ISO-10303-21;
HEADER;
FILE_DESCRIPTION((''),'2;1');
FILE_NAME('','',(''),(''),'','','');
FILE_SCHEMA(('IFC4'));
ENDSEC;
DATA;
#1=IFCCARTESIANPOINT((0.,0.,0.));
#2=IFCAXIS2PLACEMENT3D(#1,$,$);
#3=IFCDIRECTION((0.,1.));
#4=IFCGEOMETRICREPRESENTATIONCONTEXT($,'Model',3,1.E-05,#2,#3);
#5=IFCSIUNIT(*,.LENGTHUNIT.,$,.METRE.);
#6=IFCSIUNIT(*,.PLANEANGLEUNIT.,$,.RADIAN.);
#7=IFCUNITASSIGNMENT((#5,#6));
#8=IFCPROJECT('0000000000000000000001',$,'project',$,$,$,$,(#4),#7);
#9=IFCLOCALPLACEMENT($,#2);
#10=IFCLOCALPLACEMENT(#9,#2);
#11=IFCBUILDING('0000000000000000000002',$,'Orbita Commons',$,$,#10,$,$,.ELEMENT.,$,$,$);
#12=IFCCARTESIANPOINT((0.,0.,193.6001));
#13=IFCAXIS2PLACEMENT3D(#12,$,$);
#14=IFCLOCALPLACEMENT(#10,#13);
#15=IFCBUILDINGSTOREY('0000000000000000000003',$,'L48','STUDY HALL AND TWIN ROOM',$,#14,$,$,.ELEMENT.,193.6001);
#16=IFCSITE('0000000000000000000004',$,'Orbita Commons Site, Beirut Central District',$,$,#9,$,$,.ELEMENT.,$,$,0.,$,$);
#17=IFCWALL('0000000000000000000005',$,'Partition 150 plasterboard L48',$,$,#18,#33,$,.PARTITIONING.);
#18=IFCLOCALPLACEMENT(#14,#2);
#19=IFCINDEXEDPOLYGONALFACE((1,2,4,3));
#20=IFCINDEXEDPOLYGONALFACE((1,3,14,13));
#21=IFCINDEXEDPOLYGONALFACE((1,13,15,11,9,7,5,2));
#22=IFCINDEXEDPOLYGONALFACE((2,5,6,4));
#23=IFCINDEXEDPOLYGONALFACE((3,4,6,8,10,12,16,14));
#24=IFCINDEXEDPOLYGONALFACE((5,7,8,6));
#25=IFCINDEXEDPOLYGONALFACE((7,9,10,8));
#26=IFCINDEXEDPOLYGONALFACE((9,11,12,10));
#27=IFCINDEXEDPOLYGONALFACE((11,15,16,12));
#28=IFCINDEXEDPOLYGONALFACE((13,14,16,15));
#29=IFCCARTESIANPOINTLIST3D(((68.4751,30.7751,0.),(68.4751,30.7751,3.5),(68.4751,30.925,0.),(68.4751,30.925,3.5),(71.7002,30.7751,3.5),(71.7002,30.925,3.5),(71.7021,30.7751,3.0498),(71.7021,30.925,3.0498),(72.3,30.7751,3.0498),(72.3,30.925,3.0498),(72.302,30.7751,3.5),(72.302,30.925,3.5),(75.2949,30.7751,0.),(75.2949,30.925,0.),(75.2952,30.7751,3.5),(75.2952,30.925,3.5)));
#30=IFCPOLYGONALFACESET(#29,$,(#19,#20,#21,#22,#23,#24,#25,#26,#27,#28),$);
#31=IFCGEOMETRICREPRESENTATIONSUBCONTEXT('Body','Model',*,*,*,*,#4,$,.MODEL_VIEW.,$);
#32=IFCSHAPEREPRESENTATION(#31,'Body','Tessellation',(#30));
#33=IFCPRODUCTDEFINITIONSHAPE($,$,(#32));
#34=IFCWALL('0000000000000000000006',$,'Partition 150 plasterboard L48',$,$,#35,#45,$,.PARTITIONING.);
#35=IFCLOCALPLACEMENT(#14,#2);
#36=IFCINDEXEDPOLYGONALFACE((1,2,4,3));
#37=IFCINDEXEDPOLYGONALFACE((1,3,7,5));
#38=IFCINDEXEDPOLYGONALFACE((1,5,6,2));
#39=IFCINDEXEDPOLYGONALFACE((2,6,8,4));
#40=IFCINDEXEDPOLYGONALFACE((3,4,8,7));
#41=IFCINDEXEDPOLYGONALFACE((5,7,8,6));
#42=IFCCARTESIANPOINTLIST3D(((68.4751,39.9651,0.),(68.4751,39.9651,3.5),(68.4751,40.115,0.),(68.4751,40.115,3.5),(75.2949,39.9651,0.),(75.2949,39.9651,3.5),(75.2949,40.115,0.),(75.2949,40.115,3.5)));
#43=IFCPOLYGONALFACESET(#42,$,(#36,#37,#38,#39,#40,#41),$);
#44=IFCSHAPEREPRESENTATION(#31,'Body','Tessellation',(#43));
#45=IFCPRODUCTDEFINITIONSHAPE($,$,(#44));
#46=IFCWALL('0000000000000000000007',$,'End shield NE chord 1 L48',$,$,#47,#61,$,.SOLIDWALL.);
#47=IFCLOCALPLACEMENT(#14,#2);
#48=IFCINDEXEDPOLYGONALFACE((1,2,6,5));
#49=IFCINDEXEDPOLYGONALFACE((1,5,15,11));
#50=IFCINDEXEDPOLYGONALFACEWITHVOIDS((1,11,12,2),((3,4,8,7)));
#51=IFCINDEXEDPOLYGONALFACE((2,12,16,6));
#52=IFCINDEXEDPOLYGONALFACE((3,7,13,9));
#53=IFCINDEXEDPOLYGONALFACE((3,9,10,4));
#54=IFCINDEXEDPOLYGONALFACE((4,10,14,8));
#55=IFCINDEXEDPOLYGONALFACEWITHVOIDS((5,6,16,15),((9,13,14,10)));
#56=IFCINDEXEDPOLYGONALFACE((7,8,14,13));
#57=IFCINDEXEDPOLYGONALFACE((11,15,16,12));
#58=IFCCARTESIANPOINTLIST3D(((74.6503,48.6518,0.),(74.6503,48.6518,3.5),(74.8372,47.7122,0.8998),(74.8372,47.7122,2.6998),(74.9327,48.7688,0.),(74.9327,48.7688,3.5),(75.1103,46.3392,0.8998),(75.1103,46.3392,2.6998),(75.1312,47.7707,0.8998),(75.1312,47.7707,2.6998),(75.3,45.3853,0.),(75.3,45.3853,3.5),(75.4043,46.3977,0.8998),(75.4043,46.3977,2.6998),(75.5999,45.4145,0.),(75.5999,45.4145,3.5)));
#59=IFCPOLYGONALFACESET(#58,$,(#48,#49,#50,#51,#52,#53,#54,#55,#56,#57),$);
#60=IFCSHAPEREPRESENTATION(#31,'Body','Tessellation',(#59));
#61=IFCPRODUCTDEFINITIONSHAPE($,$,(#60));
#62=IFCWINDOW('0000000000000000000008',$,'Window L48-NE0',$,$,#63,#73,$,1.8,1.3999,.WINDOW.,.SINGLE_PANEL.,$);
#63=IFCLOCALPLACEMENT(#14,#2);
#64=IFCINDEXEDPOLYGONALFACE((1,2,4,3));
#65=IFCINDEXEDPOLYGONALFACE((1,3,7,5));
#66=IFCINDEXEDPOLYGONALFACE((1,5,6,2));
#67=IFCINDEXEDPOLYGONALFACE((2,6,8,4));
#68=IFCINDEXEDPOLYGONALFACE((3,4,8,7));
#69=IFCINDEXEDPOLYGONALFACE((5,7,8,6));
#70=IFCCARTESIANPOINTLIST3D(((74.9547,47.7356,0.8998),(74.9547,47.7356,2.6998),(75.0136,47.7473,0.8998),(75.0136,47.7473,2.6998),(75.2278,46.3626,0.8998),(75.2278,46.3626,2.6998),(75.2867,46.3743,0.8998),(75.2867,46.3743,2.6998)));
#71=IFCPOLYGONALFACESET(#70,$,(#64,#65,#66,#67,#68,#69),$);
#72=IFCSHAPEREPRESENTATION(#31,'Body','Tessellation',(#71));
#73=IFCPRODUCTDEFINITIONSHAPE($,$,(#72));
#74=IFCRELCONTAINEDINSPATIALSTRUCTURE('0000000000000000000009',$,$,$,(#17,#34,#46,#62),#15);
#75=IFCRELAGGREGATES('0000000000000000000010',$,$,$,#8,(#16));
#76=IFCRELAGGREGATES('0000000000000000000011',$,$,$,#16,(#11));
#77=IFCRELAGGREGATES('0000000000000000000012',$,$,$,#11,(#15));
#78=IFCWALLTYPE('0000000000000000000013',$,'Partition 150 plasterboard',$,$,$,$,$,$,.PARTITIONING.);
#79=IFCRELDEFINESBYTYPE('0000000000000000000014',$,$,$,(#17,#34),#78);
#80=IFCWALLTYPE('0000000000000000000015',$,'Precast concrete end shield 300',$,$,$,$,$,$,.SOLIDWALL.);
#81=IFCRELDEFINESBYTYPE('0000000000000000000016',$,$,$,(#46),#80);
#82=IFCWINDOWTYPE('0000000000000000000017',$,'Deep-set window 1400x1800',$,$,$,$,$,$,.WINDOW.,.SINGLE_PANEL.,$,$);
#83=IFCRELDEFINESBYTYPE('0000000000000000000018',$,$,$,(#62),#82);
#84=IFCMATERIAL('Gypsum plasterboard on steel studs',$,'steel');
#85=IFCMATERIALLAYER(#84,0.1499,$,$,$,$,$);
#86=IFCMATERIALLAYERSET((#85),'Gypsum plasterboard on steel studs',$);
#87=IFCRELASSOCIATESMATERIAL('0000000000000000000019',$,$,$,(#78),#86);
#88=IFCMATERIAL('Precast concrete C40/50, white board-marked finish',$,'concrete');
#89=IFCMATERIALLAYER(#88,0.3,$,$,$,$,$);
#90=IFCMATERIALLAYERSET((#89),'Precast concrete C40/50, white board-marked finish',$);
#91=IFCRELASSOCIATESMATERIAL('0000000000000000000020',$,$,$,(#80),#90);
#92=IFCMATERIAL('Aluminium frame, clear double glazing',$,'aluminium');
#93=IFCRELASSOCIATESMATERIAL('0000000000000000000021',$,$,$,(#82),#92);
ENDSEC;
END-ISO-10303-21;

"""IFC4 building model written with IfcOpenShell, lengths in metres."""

from ifc_helpers import new_model, si_unit, direction, frame, frame_2d, origin, place, context, subcontext, project, spatial, polyline, rectangle, outline, extrude, material, layer, layer_set, type_object, element, fill, save


model = new_model("IFC4")

# Units and contexts
model_context = context("Model", 3, precision=1e-05, world=origin(), true_north=direction((0.0, 1.0)))
body_context = subcontext(model_context, "Body", "Model", "MODEL_VIEW")
ifc_project = project(units=[si_unit("LENGTHUNIT", "METRE"), si_unit("PLANEANGLEUNIT", "RADIAN")], contexts=[model_context])

# Site, building, storey
site_placement = place(None, origin())
site = spatial("IfcSite", under=ifc_project, at=site_placement, Name="Orbita Commons Site, Beirut Central District", CompositionType="ELEMENT", RefElevation=0.0)
building_placement = place(site_placement, origin())
building = spatial("IfcBuilding", under=site, at=building_placement, Name="Orbita Commons", CompositionType="ELEMENT")
storey_placement = place(building_placement, frame((0.0, 0.0, 193.6001)))
storey = spatial("IfcBuildingStorey", under=building, at=storey_placement, Name="L48", Description="STUDY HALL AND TWIN ROOM", CompositionType="ELEMENT", Elevation=193.6001)

# Walls
ifc_material_1 = material(Name="Gypsum plasterboard on steel studs", Category="steel")
ifc_layer_1 = layer(ifc_material_1, 0.1499)
ifc_layer_set_1 = layer_set([ifc_layer_1], Name="Gypsum plasterboard on steel studs")
wall_type_1 = type_object("IfcWallType", Name="Partition 150 plasterboard", PredefinedType="PARTITIONING", material=ifc_layer_set_1)
wall_1_placement = place(storey_placement, frame((68.4751, 30.8501, 0.0), z_axis=(0.0, 0.0, 1.0), x_axis=(1.0, 0.0, 0.0)))
element("IfcWall", 1, at=wall_1_placement, inside=storey, type_object=wall_type_1, Name="Partition 150 plasterboard L48", PredefinedType="PARTITIONING", context=body_context, shape_type="SweptSolid", body=[
    extrude(outline(polyline([(0.0, 0.0), (6.8198, 0.0), (6.8201, 3.5), (3.8269, 3.5), (3.825, 3.0498), (3.2271, 3.0498), (3.2251, 3.5), (0.0, 3.5), (0.0, 0.0)])), frame((0.0, 0.075, 0.0), z_axis=(0.0, -1.0, 0.0), x_axis=(1.0, 0.0, 0.0)), (0.0, 0.0, 1.0), 0.1499),
])
wall_2_placement = place(storey_placement, frame((68.4751, 40.04, 0.0), z_axis=(0.0, 0.0, 1.0), x_axis=(1.0, 0.0, 0.0)))
element("IfcWall", 2, at=wall_2_placement, inside=storey, type_object=wall_type_1, Name="Partition 150 plasterboard L48", PredefinedType="PARTITIONING", context=body_context, shape_type="SweptSolid", body=[
    extrude(rectangle(XDim=6.8198, YDim=0.1499, at=frame_2d((3.4099, 0.0))), origin(), (0.0, 0.0, 1.0), 3.5),
])

# Wall, opening, window
ifc_material_2 = material(Name="Precast concrete C40/50, white board-marked finish", Category="concrete")
ifc_layer_2 = layer(ifc_material_2, 0.3)
ifc_layer_set_2 = layer_set([ifc_layer_2], Name="Precast concrete C40/50, white board-marked finish")
wall_type_2 = type_object("IfcWallType", Name="Precast concrete end shield 300", PredefinedType="SOLIDWALL", material=ifc_layer_set_2)
wall_3_placement = place(storey_placement, frame((75.45, 45.3999, 0.0), z_axis=(0.0, 0.0, 1.0), x_axis=(-0.195087, 0.980786, 0.0)))
wall_3 = element("IfcWall", 3, at=wall_3_placement, inside=storey, type_object=wall_type_2, Name="End shield NE chord 1 L48", PredefinedType="SOLIDWALL", context=body_context, shape_type="SweptSolid", body=[
    extrude(outline(polyline([(-0.0149, -0.1499), (3.405, -0.1499), (3.3455, 0.1499), (0.0149, 0.1499), (-0.0149, -0.1499)])), origin(), (0.0, 0.0, 1.0), 3.5),
])
opening_1_placement = place(wall_3_placement, frame((0.9875, 0.0, 0.8999)))
opening_1 = element("IfcOpeningElement", 4, at=opening_1_placement, cuts=wall_3, PredefinedType="OPENING", context=body_context, shape_type="SweptSolid", body=[
    extrude(rectangle(XDim=1.3999, YDim=1.8, at=frame_2d((0.7, 0.8999))), frame((0.0, 0.1599, 0.0), z_axis=(0.0, -1.0, 0.0), x_axis=(1.0, 0.0, 0.0)), (0.0, 0.0, 1.0), 0.3201),
])
ifc_material_3 = material(Name="Aluminium frame, clear double glazing", Category="aluminium")
window_type = type_object("IfcWindowType", Name="Deep-set window 1400x1800", PartitioningType="SINGLE_PANEL", PredefinedType="WINDOW", material=ifc_material_3)
window_placement = place(opening_1_placement, origin())
window = element("IfcWindow", 5, at=window_placement, inside=storey, type_object=window_type, Name="Window L48-NE0", OverallHeight=1.8, OverallWidth=1.3999, PartitioningType="SINGLE_PANEL", PredefinedType="WINDOW", context=body_context, shape_type="SweptSolid", body=[
    extrude(rectangle(XDim=1.3999, YDim=1.8, at=frame_2d((0.7, 0.8999))), frame((0.0, 0.03, 0.0), z_axis=(0.0, -1.0, 0.0), x_axis=(1.0, 0.0, 0.0)), (0.0, 0.0, 1.0), 0.0601),
])
fill(opening_1, window)

save(model, "model.ifc")
